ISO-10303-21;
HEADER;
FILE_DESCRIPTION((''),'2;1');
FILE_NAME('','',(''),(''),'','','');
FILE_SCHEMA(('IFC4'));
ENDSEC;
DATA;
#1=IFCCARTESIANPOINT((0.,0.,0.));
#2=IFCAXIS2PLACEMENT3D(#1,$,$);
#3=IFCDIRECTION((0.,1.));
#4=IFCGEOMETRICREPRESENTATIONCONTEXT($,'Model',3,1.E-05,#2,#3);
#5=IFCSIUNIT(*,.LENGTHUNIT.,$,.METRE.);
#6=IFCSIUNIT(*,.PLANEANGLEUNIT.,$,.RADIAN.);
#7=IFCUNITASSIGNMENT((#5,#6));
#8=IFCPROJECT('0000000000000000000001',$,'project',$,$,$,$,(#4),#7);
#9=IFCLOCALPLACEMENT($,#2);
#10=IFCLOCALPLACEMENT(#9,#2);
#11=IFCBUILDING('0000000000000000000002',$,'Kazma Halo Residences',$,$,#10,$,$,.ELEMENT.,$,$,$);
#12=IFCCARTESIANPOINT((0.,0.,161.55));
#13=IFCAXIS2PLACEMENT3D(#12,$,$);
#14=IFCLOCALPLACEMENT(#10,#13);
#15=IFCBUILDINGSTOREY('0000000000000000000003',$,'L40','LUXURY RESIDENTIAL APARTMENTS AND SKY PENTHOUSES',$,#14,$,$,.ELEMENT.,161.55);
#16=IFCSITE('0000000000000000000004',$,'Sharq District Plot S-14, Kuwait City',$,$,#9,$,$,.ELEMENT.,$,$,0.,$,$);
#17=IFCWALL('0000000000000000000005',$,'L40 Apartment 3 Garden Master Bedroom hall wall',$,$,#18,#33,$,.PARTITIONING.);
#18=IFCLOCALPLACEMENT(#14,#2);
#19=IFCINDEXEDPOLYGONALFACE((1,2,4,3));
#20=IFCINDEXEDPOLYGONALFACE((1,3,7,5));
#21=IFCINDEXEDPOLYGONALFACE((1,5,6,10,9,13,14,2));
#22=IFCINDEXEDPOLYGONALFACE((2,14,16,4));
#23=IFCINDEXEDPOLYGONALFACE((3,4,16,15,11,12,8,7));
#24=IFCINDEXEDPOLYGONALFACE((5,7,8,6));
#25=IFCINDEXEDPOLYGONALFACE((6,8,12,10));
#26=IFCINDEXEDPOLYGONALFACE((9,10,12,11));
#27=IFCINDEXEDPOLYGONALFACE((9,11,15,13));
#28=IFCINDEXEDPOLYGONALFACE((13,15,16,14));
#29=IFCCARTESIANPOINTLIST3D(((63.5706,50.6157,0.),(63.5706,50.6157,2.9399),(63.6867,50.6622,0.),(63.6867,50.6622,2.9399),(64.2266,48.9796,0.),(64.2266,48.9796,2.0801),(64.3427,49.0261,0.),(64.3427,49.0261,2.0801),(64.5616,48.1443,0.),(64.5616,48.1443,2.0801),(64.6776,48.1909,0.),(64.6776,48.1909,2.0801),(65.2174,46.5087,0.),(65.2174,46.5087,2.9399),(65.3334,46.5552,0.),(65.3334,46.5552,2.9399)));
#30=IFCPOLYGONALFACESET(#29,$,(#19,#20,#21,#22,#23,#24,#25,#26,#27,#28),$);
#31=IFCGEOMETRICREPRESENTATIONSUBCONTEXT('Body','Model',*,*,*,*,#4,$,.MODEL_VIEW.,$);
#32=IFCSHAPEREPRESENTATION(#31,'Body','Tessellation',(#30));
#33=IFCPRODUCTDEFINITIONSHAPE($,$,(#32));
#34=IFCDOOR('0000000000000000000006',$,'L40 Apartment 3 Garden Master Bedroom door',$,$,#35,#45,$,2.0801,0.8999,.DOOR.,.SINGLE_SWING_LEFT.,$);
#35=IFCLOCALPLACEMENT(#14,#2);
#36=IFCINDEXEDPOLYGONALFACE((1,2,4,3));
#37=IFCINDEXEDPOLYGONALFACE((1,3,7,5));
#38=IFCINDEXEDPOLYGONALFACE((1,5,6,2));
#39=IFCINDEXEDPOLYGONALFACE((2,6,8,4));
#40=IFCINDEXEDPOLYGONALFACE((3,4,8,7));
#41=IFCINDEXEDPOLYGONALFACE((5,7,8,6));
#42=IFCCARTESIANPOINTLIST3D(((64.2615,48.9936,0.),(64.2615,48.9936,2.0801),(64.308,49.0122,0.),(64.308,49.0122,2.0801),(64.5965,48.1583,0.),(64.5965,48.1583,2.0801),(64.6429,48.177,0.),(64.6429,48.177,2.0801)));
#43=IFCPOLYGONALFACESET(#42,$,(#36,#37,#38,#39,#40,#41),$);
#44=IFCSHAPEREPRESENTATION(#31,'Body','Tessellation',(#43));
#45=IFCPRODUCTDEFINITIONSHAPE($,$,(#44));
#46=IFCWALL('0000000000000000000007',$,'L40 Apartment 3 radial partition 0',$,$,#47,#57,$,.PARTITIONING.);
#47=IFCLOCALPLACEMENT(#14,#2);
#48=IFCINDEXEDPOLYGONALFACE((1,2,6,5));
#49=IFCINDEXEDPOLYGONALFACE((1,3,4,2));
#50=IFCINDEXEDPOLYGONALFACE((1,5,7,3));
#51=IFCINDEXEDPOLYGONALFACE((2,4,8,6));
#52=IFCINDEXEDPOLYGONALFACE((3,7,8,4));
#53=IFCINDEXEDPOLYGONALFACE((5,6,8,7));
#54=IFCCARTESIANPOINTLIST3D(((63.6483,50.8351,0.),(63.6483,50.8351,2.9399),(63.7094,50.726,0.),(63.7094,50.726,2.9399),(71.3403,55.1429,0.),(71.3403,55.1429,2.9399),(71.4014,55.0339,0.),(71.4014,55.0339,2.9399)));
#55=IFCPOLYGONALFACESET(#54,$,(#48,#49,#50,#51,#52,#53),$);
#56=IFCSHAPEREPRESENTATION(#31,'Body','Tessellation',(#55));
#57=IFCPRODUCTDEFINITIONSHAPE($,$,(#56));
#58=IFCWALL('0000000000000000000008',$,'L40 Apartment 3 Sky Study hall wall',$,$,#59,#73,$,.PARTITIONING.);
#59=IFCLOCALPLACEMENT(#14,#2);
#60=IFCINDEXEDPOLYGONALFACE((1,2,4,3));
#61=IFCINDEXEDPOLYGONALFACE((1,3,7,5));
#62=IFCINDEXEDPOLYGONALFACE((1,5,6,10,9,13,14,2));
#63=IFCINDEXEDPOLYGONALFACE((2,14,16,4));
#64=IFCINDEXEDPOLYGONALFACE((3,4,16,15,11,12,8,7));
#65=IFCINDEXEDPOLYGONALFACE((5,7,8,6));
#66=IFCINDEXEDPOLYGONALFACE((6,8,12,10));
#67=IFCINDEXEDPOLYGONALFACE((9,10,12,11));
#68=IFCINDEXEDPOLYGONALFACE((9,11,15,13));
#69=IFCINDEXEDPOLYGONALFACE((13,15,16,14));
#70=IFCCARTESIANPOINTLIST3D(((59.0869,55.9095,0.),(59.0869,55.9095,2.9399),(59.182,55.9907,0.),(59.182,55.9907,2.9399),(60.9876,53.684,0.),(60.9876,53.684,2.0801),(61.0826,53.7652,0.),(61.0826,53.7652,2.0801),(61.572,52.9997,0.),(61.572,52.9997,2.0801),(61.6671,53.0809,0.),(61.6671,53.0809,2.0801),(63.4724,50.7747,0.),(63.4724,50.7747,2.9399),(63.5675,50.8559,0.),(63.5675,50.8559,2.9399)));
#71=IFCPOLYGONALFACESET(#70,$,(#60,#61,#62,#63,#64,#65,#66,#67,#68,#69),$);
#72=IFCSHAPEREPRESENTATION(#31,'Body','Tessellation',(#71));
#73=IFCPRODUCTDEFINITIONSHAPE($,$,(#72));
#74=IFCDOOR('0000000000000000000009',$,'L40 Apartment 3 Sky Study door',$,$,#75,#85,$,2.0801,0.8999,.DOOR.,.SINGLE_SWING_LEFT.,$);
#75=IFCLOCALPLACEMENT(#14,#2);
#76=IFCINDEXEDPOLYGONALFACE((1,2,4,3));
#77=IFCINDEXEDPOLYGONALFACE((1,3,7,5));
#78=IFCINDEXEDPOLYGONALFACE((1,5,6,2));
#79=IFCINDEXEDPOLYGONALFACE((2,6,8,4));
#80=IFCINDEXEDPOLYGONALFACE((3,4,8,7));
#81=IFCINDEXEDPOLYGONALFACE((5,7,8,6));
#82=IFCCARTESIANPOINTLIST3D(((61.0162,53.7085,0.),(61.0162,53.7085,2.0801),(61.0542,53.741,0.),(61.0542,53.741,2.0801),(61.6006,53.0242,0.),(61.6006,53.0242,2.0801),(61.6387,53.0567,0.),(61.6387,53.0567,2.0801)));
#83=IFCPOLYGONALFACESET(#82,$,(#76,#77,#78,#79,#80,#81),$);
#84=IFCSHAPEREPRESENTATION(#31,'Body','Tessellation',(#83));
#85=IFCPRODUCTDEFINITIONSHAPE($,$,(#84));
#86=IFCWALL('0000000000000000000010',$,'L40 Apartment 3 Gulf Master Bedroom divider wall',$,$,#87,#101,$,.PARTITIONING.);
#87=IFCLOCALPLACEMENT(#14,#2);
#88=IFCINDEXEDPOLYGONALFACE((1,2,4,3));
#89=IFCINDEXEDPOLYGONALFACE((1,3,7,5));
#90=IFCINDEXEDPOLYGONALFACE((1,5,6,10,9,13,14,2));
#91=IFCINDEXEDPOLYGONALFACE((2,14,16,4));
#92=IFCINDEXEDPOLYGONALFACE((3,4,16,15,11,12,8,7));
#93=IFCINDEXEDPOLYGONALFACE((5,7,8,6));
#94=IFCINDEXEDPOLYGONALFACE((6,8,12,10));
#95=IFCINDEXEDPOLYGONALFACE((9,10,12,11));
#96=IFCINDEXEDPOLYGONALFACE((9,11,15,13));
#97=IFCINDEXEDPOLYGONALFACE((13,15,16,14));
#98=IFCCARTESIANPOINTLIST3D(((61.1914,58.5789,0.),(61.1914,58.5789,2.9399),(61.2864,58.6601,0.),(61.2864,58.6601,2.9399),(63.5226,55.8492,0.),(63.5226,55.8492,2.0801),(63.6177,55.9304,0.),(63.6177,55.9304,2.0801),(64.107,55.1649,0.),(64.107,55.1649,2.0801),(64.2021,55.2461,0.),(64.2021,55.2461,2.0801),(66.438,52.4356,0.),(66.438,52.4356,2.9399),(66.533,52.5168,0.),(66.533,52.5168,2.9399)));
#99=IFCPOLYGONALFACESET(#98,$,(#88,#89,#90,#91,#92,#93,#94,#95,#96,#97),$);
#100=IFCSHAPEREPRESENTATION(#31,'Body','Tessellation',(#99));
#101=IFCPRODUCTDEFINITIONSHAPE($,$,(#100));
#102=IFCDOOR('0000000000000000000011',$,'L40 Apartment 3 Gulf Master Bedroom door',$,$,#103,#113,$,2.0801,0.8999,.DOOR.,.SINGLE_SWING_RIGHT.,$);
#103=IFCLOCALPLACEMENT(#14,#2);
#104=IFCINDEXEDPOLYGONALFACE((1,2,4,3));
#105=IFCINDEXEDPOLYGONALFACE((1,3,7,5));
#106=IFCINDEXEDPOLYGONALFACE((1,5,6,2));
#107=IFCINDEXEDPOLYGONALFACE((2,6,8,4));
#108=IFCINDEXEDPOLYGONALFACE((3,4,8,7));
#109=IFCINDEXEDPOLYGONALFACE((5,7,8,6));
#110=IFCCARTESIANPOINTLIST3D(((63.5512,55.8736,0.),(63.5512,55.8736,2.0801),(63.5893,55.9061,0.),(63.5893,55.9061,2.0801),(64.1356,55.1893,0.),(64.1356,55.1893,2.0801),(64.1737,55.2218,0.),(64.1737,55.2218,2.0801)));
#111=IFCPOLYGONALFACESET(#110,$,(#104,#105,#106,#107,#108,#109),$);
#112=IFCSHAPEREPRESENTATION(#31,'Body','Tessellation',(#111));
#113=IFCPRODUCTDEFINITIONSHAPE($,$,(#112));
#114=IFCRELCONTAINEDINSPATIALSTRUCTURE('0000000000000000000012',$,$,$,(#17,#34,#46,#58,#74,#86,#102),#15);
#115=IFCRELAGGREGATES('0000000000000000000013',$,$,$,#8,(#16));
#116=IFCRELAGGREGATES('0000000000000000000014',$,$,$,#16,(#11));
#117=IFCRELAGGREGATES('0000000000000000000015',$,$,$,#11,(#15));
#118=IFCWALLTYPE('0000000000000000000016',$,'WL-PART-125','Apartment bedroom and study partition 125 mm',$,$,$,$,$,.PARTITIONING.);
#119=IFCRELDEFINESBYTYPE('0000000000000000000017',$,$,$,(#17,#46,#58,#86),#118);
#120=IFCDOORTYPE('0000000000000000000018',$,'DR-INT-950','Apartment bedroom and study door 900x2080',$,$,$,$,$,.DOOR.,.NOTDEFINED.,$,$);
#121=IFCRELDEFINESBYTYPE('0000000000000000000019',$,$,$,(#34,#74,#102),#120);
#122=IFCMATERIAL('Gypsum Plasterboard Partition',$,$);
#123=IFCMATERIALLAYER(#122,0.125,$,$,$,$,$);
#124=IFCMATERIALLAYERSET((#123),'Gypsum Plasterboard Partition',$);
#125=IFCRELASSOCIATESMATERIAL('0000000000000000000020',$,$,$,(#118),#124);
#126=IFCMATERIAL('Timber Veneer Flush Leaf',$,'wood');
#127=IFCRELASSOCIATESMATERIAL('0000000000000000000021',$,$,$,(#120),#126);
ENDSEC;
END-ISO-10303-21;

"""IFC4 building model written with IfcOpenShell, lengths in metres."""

from ifc_helpers import new_model, si_unit, direction, frame, frame_2d, origin, place, context, subcontext, project, spatial, rectangle, extrude, material, layer, layer_set, type_object, element, fill, save


model = new_model("IFC4")

# Units and contexts
model_context = context("Model", 3, precision=1e-05, world=origin(), true_north=direction((0.0, 1.0)))
body_context = subcontext(model_context, "Body", "Model", "MODEL_VIEW")
ifc_project = project(units=[si_unit("LENGTHUNIT", "METRE"), si_unit("PLANEANGLEUNIT", "RADIAN")], contexts=[model_context])

# Site, building, storey
site_placement = place(None, origin())
site = spatial("IfcSite", under=ifc_project, at=site_placement, Name="Sharq District Plot S-14, Kuwait City", CompositionType="ELEMENT", RefElevation=0.0)
building_placement = place(site_placement, origin())
building = spatial("IfcBuilding", under=site, at=building_placement, Name="Kazma Halo Residences", CompositionType="ELEMENT")
storey_placement = place(building_placement, frame((0.0, 0.0, 161.55)))
storey = spatial("IfcBuildingStorey", under=building, at=storey_placement, Name="L40", Description="LUXURY RESIDENTIAL APARTMENTS AND SKY PENTHOUSES", CompositionType="ELEMENT", Elevation=161.55)

# Shared definitions
ifc_material_1 = material(Name="Gypsum Plasterboard Partition")
ifc_layer_1 = layer(ifc_material_1, 0.125)
ifc_layer_set_1 = layer_set([ifc_layer_1], Name="Gypsum Plasterboard Partition")
wall_type_1 = type_object("IfcWallType", Name="WL-PART-125", Description="Apartment bedroom and study partition 125 mm", PredefinedType="PARTITIONING", material=ifc_layer_set_1)

# Wall, opening, door
wall_1_placement = place(storey_placement, frame((65.2754, 46.532, 0.0), z_axis=(0.0, 0.0, 1.0), x_axis=(-0.372161, 0.928168, 0.0)))
wall_1 = element("IfcWall", 1, at=wall_1_placement, inside=storey, type_object=wall_type_1, Name="L40 Apartment 3 Garden Master Bedroom hall wall", PredefinedType="PARTITIONING", context=body_context, shape_type="SweptSolid", body=[
    extrude(rectangle(XDim=4.4248, YDim=0.125, at=frame_2d((2.2124, 0.0))), origin(), (0.0, 0.0, 1.0), 2.9399),
])
opening_1_placement = place(wall_1_placement, frame((1.7622, 0.0, 0.0)))
opening_1 = element("IfcOpeningElement", 2, at=opening_1_placement, cuts=wall_1, PredefinedType="OPENING", context=body_context, shape_type="SweptSolid", body=[
    extrude(rectangle(XDim=0.8999, YDim=2.0801, at=frame_2d((0.45, 1.04))), frame((0.0, 0.0725, 0.0), z_axis=(0.0, -1.0, 0.0), x_axis=(1.0, 0.0, 0.0)), (0.0, 0.0, 1.0), 0.145),
])
ifc_material_2 = material(Name="Timber Veneer Flush Leaf", Category="wood")
door_type_1 = type_object("IfcDoorType", Name="DR-INT-950", Description="Apartment bedroom and study door 900x2080", OperationType="NOTDEFINED", PredefinedType="DOOR", material=ifc_material_2)
door_1_placement = place(opening_1_placement, origin())
door_1 = element("IfcDoor", 3, at=door_1_placement, inside=storey, type_object=door_type_1, Name="L40 Apartment 3 Garden Master Bedroom door", OperationType="SINGLE_SWING_LEFT", OverallHeight=2.0801, OverallWidth=0.8999, PredefinedType="DOOR", context=body_context, shape_type="SweptSolid", body=[
    extrude(rectangle(XDim=0.8999, YDim=2.0801, at=frame_2d((0.45, 1.04))), frame((0.0, 0.0249, 0.0), z_axis=(0.0, -1.0, 0.0), x_axis=(1.0, 0.0, 0.0)), (0.0, 0.0, 1.0), 0.05),
])
fill(opening_1, door_1)

# Wall
wall_2_placement = place(storey_placement, frame((63.6787, 50.7805, 0.0), z_axis=(0.0, 0.0, 1.0), x_axis=(0.872493, 0.488626, 0.0)))
element("IfcWall", 4, at=wall_2_placement, inside=storey, type_object=wall_type_1, Name="L40 Apartment 3 radial partition 0", PredefinedType="PARTITIONING", context=body_context, shape_type="SweptSolid", body=[
    extrude(rectangle(XDim=8.8162, YDim=0.125, at=frame_2d((4.4082, 0.0))), origin(), (0.0, 0.0, 1.0), 2.9399),
])

# Walls, openings, doors
wall_3_placement = place(storey_placement, frame((63.52, 50.8152, 0.0), z_axis=(0.0, 0.0, 1.0), x_axis=(-0.649448, 0.760406, 0.0)))
wall_3 = element("IfcWall", 5, at=wall_3_placement, inside=storey, type_object=wall_type_1, Name="L40 Apartment 3 Sky Study hall wall", PredefinedType="PARTITIONING", context=body_context, shape_type="SweptSolid", body=[
    extrude(rectangle(XDim=6.7527, YDim=0.125, at=frame_2d((3.3765, 0.0))), origin(), (0.0, 0.0, 1.0), 2.9399),
])
opening_2_placement = place(wall_3_placement, frame((2.9263, 0.0, 0.0)))
opening_2 = element("IfcOpeningElement", 6, at=opening_2_placement, cuts=wall_3, PredefinedType="OPENING", context=body_context, shape_type="SweptSolid", body=[
    extrude(rectangle(XDim=0.8999, YDim=2.0801, at=frame_2d((0.45, 1.04))), frame((0.0, 0.0725, 0.0), z_axis=(0.0, -1.0, 0.0), x_axis=(1.0, 0.0, 0.0)), (0.0, 0.0, 1.0), 0.145),
])
door_2_placement = place(opening_2_placement, origin())
door_2 = element("IfcDoor", 7, at=door_2_placement, inside=storey, type_object=door_type_1, Name="L40 Apartment 3 Sky Study door", OperationType="SINGLE_SWING_LEFT", OverallHeight=2.0801, OverallWidth=0.8999, PredefinedType="DOOR", context=body_context, shape_type="SweptSolid", body=[
    extrude(rectangle(XDim=0.8999, YDim=2.0801, at=frame_2d((0.45, 1.04))), frame((0.0, 0.0249, 0.0), z_axis=(0.0, -1.0, 0.0), x_axis=(1.0, 0.0, 0.0)), (0.0, 0.0, 1.0), 0.05),
])
fill(opening_2, door_2)
wall_4_placement = place(storey_placement, frame((66.4856, 52.4761, 0.0), z_axis=(0.0, 0.0, 1.0), x_axis=(-0.649427, 0.760424, 0.0)))
wall_4 = element("IfcWall", 8, at=wall_4_placement, inside=storey, type_object=wall_type_1, Name="L40 Apartment 3 Gulf Master Bedroom divider wall", PredefinedType="PARTITIONING", context=body_context, shape_type="SweptSolid", body=[
    extrude(rectangle(XDim=8.0789, YDim=0.125, at=frame_2d((4.0396, 0.0))), origin(), (0.0, 0.0, 1.0), 2.9399),
])
opening_3_placement = place(wall_4_placement, frame((3.5894, 0.0, 0.0)))
opening_3 = element("IfcOpeningElement", 9, at=opening_3_placement, cuts=wall_4, PredefinedType="OPENING", context=body_context, shape_type="SweptSolid", body=[
    extrude(rectangle(XDim=0.8999, YDim=2.0801, at=frame_2d((0.45, 1.04))), frame((0.0, 0.0725, 0.0), z_axis=(0.0, -1.0, 0.0), x_axis=(1.0, 0.0, 0.0)), (0.0, 0.0, 1.0), 0.145),
])
door_3_placement = place(opening_3_placement, origin())
door_3 = element("IfcDoor", 10, at=door_3_placement, inside=storey, type_object=door_type_1, Name="L40 Apartment 3 Gulf Master Bedroom door", OperationType="SINGLE_SWING_RIGHT", OverallHeight=2.0801, OverallWidth=0.8999, PredefinedType="DOOR", context=body_context, shape_type="SweptSolid", body=[
    extrude(rectangle(XDim=0.8999, YDim=2.0801, at=frame_2d((0.45, 1.04))), frame((0.0, 0.0249, 0.0), z_axis=(0.0, -1.0, 0.0), x_axis=(1.0, 0.0, 0.0)), (0.0, 0.0, 1.0), 0.05),
])
fill(opening_3, door_3)

save(model, "model.ifc")
